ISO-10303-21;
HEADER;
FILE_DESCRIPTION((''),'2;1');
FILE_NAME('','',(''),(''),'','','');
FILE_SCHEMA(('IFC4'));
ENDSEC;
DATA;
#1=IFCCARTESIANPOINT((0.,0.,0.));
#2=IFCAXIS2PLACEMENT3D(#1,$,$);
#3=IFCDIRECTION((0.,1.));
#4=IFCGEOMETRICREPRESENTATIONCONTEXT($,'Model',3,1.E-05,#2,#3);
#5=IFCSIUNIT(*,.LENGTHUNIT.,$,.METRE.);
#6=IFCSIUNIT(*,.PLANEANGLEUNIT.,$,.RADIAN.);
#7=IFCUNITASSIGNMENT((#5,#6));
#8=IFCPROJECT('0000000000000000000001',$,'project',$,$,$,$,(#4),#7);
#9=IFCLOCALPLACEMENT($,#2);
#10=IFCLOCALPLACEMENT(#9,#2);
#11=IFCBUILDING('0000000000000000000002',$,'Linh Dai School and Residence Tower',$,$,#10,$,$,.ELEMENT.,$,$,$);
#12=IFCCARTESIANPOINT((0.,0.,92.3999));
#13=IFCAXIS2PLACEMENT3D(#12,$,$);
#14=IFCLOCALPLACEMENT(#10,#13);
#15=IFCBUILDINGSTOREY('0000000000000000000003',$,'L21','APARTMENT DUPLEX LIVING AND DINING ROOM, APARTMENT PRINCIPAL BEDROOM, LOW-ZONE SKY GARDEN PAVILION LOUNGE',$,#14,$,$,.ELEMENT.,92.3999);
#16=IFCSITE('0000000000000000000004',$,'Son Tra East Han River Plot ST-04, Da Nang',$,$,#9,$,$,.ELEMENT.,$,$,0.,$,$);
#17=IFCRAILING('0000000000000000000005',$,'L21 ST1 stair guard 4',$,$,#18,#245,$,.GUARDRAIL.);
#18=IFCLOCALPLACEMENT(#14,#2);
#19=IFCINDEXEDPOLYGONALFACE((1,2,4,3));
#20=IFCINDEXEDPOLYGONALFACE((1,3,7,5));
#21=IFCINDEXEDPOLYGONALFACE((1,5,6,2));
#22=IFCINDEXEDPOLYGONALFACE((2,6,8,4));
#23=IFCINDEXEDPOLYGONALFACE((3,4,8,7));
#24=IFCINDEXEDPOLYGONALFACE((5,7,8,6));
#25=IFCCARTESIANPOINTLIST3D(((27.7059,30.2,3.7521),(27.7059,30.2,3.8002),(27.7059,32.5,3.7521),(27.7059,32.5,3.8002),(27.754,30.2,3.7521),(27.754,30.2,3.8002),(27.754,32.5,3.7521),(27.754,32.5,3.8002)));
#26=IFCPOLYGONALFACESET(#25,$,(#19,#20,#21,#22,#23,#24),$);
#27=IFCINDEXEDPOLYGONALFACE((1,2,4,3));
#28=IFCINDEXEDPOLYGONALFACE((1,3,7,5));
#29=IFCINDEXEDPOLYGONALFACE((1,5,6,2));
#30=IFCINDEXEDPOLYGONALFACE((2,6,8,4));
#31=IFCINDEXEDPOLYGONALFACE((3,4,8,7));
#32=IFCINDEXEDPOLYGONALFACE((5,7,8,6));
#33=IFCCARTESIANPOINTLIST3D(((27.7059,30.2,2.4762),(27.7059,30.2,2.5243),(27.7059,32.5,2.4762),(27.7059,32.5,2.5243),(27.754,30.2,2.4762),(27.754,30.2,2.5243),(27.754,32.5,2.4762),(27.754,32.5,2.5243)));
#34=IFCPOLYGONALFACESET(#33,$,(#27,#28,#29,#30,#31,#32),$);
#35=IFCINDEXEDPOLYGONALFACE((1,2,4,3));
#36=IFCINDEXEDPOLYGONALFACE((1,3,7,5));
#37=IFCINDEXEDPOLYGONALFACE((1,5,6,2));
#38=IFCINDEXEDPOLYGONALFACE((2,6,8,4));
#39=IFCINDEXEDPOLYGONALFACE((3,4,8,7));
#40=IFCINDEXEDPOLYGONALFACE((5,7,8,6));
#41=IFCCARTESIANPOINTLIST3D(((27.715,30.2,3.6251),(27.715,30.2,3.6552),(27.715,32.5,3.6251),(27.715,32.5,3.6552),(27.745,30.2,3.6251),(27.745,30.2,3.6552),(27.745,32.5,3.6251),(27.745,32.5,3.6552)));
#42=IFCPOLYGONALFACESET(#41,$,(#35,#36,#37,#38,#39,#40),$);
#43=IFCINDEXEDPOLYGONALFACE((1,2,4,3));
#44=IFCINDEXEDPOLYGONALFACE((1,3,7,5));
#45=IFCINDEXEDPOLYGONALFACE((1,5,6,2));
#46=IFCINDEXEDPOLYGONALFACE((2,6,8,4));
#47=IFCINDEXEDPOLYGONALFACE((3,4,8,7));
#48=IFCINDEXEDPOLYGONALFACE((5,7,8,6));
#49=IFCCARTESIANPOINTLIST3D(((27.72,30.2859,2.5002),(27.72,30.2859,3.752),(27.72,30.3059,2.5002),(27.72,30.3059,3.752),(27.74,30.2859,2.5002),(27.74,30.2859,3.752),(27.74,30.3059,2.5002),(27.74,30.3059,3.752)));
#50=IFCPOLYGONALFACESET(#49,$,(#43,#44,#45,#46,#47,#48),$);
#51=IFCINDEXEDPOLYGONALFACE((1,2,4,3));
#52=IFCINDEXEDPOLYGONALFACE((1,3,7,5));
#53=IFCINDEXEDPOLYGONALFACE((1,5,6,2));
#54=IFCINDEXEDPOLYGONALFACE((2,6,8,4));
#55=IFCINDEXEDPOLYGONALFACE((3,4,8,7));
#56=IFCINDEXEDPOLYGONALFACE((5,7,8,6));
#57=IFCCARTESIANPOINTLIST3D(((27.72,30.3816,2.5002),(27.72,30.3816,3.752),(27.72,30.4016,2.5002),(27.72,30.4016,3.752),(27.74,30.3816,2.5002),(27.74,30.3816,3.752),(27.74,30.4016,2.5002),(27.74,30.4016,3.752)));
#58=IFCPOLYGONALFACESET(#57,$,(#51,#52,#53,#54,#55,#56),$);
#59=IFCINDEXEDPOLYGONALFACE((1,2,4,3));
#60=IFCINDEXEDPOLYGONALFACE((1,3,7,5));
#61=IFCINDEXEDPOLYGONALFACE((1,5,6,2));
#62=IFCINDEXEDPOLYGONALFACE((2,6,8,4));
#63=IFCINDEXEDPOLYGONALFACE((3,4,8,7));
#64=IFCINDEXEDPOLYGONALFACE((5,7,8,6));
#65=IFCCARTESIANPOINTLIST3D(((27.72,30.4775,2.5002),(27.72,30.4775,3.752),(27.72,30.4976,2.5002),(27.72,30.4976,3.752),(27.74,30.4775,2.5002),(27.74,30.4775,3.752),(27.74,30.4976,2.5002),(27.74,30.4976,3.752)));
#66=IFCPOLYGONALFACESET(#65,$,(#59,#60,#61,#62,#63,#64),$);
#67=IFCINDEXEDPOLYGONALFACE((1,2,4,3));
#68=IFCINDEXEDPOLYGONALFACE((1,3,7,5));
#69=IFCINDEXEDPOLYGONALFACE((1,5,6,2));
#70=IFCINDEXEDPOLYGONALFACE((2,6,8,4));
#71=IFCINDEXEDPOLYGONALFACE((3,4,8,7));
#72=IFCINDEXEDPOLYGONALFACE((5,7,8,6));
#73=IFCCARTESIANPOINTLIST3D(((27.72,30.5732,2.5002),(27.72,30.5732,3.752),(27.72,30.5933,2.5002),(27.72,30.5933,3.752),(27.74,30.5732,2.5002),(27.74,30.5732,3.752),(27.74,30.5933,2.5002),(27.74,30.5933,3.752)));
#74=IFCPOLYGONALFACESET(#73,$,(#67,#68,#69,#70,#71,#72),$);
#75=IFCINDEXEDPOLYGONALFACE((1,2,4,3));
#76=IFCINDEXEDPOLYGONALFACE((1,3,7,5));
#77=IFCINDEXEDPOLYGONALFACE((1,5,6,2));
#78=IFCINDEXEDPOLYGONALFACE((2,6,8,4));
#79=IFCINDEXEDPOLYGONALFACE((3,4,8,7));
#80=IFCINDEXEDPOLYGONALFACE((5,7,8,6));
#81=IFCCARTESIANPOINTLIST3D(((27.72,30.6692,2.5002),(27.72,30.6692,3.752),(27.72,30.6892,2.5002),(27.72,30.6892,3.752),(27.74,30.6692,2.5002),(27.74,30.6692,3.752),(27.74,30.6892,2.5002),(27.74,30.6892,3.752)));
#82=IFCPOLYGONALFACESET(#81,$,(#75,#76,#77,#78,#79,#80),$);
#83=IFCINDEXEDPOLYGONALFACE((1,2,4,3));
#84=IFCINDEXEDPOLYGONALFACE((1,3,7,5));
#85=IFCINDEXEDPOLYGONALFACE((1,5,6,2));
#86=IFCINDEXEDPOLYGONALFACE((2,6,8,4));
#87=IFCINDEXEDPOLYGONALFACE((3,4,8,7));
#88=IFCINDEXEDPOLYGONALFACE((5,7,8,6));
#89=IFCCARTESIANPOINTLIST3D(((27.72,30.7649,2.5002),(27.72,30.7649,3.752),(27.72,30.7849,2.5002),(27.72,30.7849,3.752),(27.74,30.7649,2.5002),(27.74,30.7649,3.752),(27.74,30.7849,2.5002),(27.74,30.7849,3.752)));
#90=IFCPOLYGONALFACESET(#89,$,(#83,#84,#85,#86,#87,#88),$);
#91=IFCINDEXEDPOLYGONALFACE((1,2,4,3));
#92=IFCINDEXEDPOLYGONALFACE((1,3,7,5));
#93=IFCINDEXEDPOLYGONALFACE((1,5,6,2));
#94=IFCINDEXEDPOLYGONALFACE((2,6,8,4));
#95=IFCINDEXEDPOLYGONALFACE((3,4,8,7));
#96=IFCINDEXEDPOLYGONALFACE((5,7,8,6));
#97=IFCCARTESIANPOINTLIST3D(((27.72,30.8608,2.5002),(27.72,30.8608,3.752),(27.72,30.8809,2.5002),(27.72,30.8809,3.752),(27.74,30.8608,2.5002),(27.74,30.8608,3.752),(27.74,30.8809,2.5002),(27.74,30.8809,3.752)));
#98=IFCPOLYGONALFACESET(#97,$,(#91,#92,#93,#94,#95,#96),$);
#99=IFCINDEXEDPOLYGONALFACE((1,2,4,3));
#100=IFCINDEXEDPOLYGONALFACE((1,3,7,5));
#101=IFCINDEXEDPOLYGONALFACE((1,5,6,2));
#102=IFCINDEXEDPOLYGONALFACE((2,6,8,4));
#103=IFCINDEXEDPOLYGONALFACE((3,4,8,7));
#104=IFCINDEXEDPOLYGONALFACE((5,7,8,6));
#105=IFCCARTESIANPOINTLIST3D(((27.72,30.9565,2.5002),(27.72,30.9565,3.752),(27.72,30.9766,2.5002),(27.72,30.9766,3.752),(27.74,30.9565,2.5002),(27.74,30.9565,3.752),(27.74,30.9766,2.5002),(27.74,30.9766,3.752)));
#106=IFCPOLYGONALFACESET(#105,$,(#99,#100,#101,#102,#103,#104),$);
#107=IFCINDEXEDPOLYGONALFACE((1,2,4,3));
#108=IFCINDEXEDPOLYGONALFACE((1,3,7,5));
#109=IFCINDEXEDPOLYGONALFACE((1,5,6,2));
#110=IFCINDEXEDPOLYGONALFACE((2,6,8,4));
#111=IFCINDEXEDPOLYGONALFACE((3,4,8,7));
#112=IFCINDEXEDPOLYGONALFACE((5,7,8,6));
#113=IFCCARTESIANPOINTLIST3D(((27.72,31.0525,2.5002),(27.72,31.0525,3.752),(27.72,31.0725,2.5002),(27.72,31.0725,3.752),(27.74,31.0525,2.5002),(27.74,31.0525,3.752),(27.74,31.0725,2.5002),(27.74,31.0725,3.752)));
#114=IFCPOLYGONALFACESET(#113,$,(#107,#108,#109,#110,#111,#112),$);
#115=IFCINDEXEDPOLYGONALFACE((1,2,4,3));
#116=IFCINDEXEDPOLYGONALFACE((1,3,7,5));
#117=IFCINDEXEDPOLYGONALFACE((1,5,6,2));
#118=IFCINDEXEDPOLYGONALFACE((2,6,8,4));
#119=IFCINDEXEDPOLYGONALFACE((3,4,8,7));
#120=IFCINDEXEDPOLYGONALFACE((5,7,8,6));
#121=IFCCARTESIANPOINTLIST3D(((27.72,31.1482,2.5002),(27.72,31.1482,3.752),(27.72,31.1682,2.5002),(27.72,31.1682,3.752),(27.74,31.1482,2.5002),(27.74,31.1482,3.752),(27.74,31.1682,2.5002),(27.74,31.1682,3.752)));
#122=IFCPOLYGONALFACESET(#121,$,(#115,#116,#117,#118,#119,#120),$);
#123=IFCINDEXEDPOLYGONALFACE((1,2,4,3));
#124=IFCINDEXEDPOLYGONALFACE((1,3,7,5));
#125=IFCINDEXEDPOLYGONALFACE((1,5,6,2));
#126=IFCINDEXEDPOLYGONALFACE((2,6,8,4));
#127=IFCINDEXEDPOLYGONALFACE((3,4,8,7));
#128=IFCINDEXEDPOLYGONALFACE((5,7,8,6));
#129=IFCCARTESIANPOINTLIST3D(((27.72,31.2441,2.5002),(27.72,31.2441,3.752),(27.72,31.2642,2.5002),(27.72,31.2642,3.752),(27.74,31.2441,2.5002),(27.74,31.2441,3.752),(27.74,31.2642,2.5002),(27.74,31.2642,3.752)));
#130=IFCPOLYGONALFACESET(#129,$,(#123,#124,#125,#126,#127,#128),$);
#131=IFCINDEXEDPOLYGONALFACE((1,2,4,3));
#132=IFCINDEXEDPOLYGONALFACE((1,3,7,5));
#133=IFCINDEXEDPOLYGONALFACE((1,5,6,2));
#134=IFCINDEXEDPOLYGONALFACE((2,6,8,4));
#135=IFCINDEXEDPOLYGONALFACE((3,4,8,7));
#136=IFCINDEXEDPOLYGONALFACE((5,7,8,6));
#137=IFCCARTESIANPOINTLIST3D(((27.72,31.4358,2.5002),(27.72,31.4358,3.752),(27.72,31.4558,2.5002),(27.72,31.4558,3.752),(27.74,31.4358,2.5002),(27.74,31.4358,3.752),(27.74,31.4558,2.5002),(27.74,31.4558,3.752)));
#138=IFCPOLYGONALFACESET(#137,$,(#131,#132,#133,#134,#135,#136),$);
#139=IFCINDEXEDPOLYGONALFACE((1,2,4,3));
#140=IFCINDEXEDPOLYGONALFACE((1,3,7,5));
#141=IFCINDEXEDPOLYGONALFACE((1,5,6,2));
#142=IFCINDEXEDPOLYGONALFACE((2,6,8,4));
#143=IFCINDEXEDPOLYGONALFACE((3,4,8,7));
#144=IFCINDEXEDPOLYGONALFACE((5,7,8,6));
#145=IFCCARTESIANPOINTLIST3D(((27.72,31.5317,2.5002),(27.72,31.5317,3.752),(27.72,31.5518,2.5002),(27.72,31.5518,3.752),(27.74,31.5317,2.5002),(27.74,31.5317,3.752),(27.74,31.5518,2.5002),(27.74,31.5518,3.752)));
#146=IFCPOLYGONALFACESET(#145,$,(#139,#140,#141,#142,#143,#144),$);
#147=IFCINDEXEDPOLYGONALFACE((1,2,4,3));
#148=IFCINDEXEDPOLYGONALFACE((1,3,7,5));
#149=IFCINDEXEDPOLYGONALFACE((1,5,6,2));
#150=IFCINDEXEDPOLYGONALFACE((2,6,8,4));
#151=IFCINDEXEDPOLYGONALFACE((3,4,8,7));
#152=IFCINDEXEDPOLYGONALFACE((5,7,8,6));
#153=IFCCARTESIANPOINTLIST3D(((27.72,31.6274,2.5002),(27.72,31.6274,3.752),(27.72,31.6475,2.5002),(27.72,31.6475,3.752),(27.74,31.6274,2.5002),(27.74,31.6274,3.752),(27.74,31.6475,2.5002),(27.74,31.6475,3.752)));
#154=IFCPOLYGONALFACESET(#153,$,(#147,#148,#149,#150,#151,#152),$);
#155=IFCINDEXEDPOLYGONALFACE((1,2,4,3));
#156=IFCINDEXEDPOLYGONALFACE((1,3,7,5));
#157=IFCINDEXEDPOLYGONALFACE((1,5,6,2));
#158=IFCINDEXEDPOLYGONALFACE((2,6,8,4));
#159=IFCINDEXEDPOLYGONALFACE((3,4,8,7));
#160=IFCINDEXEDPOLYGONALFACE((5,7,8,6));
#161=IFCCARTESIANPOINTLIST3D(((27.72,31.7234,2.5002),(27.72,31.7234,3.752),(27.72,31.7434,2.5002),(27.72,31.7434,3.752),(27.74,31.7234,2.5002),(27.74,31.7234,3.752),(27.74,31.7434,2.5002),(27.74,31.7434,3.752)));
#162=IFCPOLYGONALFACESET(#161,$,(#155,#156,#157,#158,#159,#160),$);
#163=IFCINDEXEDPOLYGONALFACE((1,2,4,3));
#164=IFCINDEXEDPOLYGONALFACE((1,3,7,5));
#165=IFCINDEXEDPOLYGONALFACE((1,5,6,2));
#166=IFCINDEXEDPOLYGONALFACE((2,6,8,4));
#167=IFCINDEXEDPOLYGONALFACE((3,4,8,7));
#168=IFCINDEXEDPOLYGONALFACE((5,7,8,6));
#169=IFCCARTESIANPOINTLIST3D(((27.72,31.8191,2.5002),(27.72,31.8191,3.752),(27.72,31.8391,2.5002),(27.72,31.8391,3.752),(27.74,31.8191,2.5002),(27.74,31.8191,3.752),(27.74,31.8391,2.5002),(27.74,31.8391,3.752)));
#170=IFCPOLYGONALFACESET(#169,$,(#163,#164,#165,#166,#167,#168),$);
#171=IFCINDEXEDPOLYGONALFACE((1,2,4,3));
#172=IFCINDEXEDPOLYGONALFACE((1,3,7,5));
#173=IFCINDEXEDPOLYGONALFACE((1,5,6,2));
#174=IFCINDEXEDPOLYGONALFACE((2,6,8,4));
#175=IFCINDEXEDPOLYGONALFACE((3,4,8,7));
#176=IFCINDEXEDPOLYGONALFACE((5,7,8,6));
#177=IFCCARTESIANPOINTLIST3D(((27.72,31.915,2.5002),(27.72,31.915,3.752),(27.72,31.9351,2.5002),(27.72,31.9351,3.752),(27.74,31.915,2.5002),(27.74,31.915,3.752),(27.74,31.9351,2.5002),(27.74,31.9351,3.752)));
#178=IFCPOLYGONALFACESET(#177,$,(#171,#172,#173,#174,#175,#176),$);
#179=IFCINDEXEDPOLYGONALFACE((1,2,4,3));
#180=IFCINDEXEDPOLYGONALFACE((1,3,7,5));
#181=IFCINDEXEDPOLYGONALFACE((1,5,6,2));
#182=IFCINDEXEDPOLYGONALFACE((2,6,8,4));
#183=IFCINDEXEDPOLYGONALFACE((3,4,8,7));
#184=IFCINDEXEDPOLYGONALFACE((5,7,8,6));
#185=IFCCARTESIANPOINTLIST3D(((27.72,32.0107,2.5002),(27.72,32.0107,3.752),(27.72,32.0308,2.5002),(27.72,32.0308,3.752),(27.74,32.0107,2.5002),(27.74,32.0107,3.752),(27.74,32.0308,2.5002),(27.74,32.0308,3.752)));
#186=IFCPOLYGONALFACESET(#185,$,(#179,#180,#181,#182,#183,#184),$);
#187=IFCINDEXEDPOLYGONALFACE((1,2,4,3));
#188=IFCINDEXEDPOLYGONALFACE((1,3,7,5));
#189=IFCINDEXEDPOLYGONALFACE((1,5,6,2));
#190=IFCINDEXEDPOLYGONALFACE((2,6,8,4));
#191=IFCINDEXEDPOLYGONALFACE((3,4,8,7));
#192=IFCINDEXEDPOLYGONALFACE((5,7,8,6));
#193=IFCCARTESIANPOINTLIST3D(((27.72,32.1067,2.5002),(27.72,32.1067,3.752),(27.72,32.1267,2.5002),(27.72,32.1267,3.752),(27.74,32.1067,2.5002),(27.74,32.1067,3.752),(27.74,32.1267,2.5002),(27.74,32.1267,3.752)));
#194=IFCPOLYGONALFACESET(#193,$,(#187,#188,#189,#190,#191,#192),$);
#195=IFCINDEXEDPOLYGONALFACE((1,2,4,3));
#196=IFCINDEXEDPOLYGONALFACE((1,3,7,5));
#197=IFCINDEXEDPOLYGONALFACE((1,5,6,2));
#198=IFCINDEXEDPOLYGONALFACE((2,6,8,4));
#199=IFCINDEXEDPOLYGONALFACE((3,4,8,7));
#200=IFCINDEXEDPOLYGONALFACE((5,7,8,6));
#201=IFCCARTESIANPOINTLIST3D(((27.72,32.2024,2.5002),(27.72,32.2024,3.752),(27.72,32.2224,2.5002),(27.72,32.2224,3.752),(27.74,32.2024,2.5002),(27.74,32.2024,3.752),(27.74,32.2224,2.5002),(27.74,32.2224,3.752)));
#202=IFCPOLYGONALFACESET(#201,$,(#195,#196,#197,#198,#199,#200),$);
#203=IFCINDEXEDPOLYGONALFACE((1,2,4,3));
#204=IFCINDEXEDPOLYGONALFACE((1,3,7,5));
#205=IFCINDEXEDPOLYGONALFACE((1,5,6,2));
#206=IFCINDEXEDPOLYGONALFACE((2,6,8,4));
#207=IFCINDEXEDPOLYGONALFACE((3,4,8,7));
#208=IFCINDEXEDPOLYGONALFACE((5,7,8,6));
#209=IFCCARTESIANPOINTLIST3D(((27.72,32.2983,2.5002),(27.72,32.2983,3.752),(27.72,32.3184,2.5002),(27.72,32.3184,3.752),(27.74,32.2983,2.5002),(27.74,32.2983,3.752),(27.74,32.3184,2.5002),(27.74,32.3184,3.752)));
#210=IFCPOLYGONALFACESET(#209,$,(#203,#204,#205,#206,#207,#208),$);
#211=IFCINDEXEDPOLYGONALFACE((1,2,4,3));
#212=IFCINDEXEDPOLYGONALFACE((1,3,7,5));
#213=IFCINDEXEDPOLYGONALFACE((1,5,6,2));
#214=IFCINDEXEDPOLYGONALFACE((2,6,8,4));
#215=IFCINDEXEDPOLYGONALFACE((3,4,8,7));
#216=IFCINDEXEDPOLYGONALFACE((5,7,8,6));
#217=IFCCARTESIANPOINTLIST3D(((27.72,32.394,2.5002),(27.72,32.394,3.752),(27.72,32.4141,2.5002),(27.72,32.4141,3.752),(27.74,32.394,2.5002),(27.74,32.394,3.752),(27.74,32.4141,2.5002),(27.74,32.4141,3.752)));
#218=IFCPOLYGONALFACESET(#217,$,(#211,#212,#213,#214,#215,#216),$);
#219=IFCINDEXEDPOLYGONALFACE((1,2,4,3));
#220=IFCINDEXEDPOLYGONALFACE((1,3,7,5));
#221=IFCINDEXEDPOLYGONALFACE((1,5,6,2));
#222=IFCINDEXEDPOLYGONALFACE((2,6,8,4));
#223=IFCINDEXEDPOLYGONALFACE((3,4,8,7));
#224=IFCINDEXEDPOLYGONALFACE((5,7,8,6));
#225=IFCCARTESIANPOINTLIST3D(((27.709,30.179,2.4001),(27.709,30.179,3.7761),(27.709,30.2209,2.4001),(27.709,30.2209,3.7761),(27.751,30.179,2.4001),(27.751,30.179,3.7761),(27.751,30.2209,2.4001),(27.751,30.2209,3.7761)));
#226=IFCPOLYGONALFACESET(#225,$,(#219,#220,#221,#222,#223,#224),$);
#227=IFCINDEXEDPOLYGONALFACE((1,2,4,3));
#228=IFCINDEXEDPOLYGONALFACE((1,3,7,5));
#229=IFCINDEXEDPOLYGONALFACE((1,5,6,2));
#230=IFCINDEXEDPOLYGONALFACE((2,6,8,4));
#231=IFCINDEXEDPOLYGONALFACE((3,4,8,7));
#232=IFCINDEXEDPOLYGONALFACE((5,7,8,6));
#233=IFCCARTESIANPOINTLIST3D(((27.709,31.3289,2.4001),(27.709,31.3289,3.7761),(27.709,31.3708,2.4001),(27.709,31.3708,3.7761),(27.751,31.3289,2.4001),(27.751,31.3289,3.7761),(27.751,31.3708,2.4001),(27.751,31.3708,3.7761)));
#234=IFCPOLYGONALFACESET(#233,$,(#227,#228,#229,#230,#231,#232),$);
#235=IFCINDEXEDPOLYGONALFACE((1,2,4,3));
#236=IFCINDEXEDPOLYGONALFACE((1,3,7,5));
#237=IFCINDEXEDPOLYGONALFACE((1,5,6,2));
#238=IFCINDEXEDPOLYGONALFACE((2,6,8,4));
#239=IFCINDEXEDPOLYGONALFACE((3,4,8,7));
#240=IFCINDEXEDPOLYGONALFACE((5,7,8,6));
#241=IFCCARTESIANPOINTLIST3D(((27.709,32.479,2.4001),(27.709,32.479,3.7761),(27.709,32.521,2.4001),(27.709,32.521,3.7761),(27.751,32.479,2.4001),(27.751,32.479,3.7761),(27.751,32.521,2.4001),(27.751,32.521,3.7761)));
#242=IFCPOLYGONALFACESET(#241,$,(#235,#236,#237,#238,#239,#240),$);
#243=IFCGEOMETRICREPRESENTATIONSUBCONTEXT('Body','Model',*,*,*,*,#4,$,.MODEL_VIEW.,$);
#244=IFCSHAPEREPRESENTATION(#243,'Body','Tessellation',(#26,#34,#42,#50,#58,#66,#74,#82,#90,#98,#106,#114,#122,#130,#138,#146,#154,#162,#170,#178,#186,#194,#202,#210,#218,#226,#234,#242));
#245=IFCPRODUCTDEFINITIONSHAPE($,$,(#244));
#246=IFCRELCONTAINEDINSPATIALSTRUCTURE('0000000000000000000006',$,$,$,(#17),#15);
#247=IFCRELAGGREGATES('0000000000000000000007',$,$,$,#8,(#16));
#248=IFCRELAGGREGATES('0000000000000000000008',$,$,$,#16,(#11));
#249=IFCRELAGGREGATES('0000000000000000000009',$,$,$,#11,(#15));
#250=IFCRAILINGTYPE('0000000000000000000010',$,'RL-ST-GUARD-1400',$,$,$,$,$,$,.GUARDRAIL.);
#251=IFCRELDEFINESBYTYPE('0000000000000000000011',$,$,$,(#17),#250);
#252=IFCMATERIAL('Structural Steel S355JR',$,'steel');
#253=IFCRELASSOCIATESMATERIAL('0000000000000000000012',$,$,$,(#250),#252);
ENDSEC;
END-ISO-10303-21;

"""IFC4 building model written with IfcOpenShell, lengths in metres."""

from ifc_helpers import new_model, si_unit, direction, frame, origin, origin_2d, place, context, subcontext, project, spatial, rectangle, extrude, source, transform, mapped, material, type_object, element, save


model = new_model("IFC4")

# Units and contexts
model_context = context("Model", 3, precision=1e-05, world=origin(), true_north=direction((0.0, 1.0)))
body_context = subcontext(model_context, "Body", "Model", "MODEL_VIEW")
ifc_project = project(units=[si_unit("LENGTHUNIT", "METRE"), si_unit("PLANEANGLEUNIT", "RADIAN")], contexts=[model_context])

# Site, building, storey
site_placement = place(None, origin())
site = spatial("IfcSite", under=ifc_project, at=site_placement, Name="Son Tra East Han River Plot ST-04, Da Nang", CompositionType="ELEMENT", RefElevation=0.0)
building_placement = place(site_placement, origin())
building = spatial("IfcBuilding", under=site, at=building_placement, Name="Linh Dai School and Residence Tower", CompositionType="ELEMENT")
storey_placement = place(building_placement, frame((0.0, 0.0, 92.3999)))
storey = spatial("IfcBuildingStorey", under=building, at=storey_placement, Name="L21", Description="APARTMENT DUPLEX LIVING AND DINING ROOM, APARTMENT PRINCIPAL BEDROOM, LOW-ZONE SKY GARDEN PAVILION LOUNGE", CompositionType="ELEMENT", Elevation=92.3999)

# Shared definitions
ifc_material_1 = material(Name="Structural Steel S355JR", Category="steel")

# Railing
railing_type_1 = type_object("IfcRailingType", Name="RL-ST-GUARD-1400", PredefinedType="GUARDRAIL", material=ifc_material_1)
shared_shape_1 = source(origin(), body_context, "Body", "SweptSolid", [
    extrude(rectangle(XDim=0.0481, YDim=0.0481, at=origin_2d()), frame((0.0, 0.0, 1.376), z_axis=(0.0, 1.0, 0.0), x_axis=(-1.0, 0.0, 0.0)), (0.0, 0.0, 1.0), 2.3),
    extrude(rectangle(XDim=0.0481, YDim=0.0481, at=origin_2d()), frame((0.0, 0.0, 0.1001), z_axis=(0.0, 1.0, 0.0), x_axis=(-1.0, 0.0, 0.0)), (0.0, 0.0, 1.0), 2.3),
    extrude(rectangle(XDim=0.03, YDim=0.03, at=origin_2d()), frame((0.0, 0.0, 1.24), z_axis=(0.0, 1.0, 0.0), x_axis=(-1.0, 0.0, 0.0)), (0.0, 0.0, 1.0), 2.3),
    extrude(rectangle(XDim=0.02, YDim=0.02, at=origin_2d()), frame((0.0, 0.0959, 0.1001)), (0.0, 0.0, 1.0), 1.2517),
    extrude(rectangle(XDim=0.02, YDim=0.02, at=origin_2d()), frame((0.0, 0.1917, 0.1001)), (0.0, 0.0, 1.0), 1.2517),
    extrude(rectangle(XDim=0.02, YDim=0.02, at=origin_2d()), frame((0.0, 0.2876, 0.1001)), (0.0, 0.0, 1.0), 1.2517),
    extrude(rectangle(XDim=0.02, YDim=0.02, at=origin_2d()), frame((0.0, 0.3833, 0.1001)), (0.0, 0.0, 1.0), 1.2517),
    extrude(rectangle(XDim=0.02, YDim=0.02, at=origin_2d()), frame((0.0, 0.4792, 0.1001)), (0.0, 0.0, 1.0), 1.2517),
    extrude(rectangle(XDim=0.02, YDim=0.02, at=origin_2d()), frame((0.0, 0.575, 0.1001)), (0.0, 0.0, 1.0), 1.2517),
    extrude(rectangle(XDim=0.02, YDim=0.02, at=origin_2d()), frame((0.0, 0.6709, 0.1001)), (0.0, 0.0, 1.0), 1.2517),
    extrude(rectangle(XDim=0.02, YDim=0.02, at=origin_2d()), frame((0.0, 0.7666, 0.1001)), (0.0, 0.0, 1.0), 1.2517),
    extrude(rectangle(XDim=0.02, YDim=0.02, at=origin_2d()), frame((0.0, 0.8625, 0.1001)), (0.0, 0.0, 1.0), 1.2517),
    extrude(rectangle(XDim=0.02, YDim=0.02, at=origin_2d()), frame((0.0, 0.9583, 0.1001)), (0.0, 0.0, 1.0), 1.2517),
    extrude(rectangle(XDim=0.02, YDim=0.02, at=origin_2d()), frame((0.0, 1.0542, 0.1001)), (0.0, 0.0, 1.0), 1.2517),
    extrude(rectangle(XDim=0.02, YDim=0.02, at=origin_2d()), frame((0.0, 1.2458, 0.1001)), (0.0, 0.0, 1.0), 1.2517),
    extrude(rectangle(XDim=0.02, YDim=0.02, at=origin_2d()), frame((0.0, 1.3418, 0.1001)), (0.0, 0.0, 1.0), 1.2517),
    extrude(rectangle(XDim=0.02, YDim=0.02, at=origin_2d()), frame((0.0, 1.4375, 0.1001)), (0.0, 0.0, 1.0), 1.2517),
    extrude(rectangle(XDim=0.02, YDim=0.02, at=origin_2d()), frame((0.0, 1.5334, 0.1001)), (0.0, 0.0, 1.0), 1.2517),
    extrude(rectangle(XDim=0.02, YDim=0.02, at=origin_2d()), frame((0.0, 1.6292, 0.1001)), (0.0, 0.0, 1.0), 1.2517),
    extrude(rectangle(XDim=0.02, YDim=0.02, at=origin_2d()), frame((0.0, 1.7251, 0.1001)), (0.0, 0.0, 1.0), 1.2517),
    extrude(rectangle(XDim=0.02, YDim=0.02, at=origin_2d()), frame((0.0, 1.8208, 0.1001)), (0.0, 0.0, 1.0), 1.2517),
    extrude(rectangle(XDim=0.02, YDim=0.02, at=origin_2d()), frame((0.0, 1.9167, 0.1001)), (0.0, 0.0, 1.0), 1.2517),
    extrude(rectangle(XDim=0.02, YDim=0.02, at=origin_2d()), frame((0.0, 2.0125, 0.1001)), (0.0, 0.0, 1.0), 1.2517),
    extrude(rectangle(XDim=0.02, YDim=0.02, at=origin_2d()), frame((0.0, 2.1084, 0.1001)), (0.0, 0.0, 1.0), 1.2517),
    extrude(rectangle(XDim=0.02, YDim=0.02, at=origin_2d()), frame((0.0, 2.2041, 0.1001)), (0.0, 0.0, 1.0), 1.2517),
    extrude(rectangle(XDim=0.042, YDim=0.042, at=origin_2d()), origin(), (0.0, 0.0, 1.0), 1.376),
    extrude(rectangle(XDim=0.042, YDim=0.042, at=origin_2d()), frame((0.0, 1.1499, 0.0)), (0.0, 0.0, 1.0), 1.376),
    extrude(rectangle(XDim=0.042, YDim=0.042, at=origin_2d()), frame((0.0, 2.3, 0.0)), (0.0, 0.0, 1.0), 1.376),
])
for number, where, name in (
    (1, (27.73, 30.2, 2.4001), "L21 ST1 stair guard 4"),
):
    element("IfcRailing", number, at=place(storey_placement, frame(where)), inside=storey, type_object=railing_type_1, Name=name, PredefinedType="GUARDRAIL", context=body_context, shape_type="MappedRepresentation", body=[
        mapped(shared_shape_1, transform((0.0, 0.0, 0.0), x_axis=(1.0, 0.0, 0.0), y_axis=(0.0, 1.0, 0.0), z_axis=(0.0, 0.0, 1.0), scale=1.0)),
    ])

save(model, "model.ifc")
